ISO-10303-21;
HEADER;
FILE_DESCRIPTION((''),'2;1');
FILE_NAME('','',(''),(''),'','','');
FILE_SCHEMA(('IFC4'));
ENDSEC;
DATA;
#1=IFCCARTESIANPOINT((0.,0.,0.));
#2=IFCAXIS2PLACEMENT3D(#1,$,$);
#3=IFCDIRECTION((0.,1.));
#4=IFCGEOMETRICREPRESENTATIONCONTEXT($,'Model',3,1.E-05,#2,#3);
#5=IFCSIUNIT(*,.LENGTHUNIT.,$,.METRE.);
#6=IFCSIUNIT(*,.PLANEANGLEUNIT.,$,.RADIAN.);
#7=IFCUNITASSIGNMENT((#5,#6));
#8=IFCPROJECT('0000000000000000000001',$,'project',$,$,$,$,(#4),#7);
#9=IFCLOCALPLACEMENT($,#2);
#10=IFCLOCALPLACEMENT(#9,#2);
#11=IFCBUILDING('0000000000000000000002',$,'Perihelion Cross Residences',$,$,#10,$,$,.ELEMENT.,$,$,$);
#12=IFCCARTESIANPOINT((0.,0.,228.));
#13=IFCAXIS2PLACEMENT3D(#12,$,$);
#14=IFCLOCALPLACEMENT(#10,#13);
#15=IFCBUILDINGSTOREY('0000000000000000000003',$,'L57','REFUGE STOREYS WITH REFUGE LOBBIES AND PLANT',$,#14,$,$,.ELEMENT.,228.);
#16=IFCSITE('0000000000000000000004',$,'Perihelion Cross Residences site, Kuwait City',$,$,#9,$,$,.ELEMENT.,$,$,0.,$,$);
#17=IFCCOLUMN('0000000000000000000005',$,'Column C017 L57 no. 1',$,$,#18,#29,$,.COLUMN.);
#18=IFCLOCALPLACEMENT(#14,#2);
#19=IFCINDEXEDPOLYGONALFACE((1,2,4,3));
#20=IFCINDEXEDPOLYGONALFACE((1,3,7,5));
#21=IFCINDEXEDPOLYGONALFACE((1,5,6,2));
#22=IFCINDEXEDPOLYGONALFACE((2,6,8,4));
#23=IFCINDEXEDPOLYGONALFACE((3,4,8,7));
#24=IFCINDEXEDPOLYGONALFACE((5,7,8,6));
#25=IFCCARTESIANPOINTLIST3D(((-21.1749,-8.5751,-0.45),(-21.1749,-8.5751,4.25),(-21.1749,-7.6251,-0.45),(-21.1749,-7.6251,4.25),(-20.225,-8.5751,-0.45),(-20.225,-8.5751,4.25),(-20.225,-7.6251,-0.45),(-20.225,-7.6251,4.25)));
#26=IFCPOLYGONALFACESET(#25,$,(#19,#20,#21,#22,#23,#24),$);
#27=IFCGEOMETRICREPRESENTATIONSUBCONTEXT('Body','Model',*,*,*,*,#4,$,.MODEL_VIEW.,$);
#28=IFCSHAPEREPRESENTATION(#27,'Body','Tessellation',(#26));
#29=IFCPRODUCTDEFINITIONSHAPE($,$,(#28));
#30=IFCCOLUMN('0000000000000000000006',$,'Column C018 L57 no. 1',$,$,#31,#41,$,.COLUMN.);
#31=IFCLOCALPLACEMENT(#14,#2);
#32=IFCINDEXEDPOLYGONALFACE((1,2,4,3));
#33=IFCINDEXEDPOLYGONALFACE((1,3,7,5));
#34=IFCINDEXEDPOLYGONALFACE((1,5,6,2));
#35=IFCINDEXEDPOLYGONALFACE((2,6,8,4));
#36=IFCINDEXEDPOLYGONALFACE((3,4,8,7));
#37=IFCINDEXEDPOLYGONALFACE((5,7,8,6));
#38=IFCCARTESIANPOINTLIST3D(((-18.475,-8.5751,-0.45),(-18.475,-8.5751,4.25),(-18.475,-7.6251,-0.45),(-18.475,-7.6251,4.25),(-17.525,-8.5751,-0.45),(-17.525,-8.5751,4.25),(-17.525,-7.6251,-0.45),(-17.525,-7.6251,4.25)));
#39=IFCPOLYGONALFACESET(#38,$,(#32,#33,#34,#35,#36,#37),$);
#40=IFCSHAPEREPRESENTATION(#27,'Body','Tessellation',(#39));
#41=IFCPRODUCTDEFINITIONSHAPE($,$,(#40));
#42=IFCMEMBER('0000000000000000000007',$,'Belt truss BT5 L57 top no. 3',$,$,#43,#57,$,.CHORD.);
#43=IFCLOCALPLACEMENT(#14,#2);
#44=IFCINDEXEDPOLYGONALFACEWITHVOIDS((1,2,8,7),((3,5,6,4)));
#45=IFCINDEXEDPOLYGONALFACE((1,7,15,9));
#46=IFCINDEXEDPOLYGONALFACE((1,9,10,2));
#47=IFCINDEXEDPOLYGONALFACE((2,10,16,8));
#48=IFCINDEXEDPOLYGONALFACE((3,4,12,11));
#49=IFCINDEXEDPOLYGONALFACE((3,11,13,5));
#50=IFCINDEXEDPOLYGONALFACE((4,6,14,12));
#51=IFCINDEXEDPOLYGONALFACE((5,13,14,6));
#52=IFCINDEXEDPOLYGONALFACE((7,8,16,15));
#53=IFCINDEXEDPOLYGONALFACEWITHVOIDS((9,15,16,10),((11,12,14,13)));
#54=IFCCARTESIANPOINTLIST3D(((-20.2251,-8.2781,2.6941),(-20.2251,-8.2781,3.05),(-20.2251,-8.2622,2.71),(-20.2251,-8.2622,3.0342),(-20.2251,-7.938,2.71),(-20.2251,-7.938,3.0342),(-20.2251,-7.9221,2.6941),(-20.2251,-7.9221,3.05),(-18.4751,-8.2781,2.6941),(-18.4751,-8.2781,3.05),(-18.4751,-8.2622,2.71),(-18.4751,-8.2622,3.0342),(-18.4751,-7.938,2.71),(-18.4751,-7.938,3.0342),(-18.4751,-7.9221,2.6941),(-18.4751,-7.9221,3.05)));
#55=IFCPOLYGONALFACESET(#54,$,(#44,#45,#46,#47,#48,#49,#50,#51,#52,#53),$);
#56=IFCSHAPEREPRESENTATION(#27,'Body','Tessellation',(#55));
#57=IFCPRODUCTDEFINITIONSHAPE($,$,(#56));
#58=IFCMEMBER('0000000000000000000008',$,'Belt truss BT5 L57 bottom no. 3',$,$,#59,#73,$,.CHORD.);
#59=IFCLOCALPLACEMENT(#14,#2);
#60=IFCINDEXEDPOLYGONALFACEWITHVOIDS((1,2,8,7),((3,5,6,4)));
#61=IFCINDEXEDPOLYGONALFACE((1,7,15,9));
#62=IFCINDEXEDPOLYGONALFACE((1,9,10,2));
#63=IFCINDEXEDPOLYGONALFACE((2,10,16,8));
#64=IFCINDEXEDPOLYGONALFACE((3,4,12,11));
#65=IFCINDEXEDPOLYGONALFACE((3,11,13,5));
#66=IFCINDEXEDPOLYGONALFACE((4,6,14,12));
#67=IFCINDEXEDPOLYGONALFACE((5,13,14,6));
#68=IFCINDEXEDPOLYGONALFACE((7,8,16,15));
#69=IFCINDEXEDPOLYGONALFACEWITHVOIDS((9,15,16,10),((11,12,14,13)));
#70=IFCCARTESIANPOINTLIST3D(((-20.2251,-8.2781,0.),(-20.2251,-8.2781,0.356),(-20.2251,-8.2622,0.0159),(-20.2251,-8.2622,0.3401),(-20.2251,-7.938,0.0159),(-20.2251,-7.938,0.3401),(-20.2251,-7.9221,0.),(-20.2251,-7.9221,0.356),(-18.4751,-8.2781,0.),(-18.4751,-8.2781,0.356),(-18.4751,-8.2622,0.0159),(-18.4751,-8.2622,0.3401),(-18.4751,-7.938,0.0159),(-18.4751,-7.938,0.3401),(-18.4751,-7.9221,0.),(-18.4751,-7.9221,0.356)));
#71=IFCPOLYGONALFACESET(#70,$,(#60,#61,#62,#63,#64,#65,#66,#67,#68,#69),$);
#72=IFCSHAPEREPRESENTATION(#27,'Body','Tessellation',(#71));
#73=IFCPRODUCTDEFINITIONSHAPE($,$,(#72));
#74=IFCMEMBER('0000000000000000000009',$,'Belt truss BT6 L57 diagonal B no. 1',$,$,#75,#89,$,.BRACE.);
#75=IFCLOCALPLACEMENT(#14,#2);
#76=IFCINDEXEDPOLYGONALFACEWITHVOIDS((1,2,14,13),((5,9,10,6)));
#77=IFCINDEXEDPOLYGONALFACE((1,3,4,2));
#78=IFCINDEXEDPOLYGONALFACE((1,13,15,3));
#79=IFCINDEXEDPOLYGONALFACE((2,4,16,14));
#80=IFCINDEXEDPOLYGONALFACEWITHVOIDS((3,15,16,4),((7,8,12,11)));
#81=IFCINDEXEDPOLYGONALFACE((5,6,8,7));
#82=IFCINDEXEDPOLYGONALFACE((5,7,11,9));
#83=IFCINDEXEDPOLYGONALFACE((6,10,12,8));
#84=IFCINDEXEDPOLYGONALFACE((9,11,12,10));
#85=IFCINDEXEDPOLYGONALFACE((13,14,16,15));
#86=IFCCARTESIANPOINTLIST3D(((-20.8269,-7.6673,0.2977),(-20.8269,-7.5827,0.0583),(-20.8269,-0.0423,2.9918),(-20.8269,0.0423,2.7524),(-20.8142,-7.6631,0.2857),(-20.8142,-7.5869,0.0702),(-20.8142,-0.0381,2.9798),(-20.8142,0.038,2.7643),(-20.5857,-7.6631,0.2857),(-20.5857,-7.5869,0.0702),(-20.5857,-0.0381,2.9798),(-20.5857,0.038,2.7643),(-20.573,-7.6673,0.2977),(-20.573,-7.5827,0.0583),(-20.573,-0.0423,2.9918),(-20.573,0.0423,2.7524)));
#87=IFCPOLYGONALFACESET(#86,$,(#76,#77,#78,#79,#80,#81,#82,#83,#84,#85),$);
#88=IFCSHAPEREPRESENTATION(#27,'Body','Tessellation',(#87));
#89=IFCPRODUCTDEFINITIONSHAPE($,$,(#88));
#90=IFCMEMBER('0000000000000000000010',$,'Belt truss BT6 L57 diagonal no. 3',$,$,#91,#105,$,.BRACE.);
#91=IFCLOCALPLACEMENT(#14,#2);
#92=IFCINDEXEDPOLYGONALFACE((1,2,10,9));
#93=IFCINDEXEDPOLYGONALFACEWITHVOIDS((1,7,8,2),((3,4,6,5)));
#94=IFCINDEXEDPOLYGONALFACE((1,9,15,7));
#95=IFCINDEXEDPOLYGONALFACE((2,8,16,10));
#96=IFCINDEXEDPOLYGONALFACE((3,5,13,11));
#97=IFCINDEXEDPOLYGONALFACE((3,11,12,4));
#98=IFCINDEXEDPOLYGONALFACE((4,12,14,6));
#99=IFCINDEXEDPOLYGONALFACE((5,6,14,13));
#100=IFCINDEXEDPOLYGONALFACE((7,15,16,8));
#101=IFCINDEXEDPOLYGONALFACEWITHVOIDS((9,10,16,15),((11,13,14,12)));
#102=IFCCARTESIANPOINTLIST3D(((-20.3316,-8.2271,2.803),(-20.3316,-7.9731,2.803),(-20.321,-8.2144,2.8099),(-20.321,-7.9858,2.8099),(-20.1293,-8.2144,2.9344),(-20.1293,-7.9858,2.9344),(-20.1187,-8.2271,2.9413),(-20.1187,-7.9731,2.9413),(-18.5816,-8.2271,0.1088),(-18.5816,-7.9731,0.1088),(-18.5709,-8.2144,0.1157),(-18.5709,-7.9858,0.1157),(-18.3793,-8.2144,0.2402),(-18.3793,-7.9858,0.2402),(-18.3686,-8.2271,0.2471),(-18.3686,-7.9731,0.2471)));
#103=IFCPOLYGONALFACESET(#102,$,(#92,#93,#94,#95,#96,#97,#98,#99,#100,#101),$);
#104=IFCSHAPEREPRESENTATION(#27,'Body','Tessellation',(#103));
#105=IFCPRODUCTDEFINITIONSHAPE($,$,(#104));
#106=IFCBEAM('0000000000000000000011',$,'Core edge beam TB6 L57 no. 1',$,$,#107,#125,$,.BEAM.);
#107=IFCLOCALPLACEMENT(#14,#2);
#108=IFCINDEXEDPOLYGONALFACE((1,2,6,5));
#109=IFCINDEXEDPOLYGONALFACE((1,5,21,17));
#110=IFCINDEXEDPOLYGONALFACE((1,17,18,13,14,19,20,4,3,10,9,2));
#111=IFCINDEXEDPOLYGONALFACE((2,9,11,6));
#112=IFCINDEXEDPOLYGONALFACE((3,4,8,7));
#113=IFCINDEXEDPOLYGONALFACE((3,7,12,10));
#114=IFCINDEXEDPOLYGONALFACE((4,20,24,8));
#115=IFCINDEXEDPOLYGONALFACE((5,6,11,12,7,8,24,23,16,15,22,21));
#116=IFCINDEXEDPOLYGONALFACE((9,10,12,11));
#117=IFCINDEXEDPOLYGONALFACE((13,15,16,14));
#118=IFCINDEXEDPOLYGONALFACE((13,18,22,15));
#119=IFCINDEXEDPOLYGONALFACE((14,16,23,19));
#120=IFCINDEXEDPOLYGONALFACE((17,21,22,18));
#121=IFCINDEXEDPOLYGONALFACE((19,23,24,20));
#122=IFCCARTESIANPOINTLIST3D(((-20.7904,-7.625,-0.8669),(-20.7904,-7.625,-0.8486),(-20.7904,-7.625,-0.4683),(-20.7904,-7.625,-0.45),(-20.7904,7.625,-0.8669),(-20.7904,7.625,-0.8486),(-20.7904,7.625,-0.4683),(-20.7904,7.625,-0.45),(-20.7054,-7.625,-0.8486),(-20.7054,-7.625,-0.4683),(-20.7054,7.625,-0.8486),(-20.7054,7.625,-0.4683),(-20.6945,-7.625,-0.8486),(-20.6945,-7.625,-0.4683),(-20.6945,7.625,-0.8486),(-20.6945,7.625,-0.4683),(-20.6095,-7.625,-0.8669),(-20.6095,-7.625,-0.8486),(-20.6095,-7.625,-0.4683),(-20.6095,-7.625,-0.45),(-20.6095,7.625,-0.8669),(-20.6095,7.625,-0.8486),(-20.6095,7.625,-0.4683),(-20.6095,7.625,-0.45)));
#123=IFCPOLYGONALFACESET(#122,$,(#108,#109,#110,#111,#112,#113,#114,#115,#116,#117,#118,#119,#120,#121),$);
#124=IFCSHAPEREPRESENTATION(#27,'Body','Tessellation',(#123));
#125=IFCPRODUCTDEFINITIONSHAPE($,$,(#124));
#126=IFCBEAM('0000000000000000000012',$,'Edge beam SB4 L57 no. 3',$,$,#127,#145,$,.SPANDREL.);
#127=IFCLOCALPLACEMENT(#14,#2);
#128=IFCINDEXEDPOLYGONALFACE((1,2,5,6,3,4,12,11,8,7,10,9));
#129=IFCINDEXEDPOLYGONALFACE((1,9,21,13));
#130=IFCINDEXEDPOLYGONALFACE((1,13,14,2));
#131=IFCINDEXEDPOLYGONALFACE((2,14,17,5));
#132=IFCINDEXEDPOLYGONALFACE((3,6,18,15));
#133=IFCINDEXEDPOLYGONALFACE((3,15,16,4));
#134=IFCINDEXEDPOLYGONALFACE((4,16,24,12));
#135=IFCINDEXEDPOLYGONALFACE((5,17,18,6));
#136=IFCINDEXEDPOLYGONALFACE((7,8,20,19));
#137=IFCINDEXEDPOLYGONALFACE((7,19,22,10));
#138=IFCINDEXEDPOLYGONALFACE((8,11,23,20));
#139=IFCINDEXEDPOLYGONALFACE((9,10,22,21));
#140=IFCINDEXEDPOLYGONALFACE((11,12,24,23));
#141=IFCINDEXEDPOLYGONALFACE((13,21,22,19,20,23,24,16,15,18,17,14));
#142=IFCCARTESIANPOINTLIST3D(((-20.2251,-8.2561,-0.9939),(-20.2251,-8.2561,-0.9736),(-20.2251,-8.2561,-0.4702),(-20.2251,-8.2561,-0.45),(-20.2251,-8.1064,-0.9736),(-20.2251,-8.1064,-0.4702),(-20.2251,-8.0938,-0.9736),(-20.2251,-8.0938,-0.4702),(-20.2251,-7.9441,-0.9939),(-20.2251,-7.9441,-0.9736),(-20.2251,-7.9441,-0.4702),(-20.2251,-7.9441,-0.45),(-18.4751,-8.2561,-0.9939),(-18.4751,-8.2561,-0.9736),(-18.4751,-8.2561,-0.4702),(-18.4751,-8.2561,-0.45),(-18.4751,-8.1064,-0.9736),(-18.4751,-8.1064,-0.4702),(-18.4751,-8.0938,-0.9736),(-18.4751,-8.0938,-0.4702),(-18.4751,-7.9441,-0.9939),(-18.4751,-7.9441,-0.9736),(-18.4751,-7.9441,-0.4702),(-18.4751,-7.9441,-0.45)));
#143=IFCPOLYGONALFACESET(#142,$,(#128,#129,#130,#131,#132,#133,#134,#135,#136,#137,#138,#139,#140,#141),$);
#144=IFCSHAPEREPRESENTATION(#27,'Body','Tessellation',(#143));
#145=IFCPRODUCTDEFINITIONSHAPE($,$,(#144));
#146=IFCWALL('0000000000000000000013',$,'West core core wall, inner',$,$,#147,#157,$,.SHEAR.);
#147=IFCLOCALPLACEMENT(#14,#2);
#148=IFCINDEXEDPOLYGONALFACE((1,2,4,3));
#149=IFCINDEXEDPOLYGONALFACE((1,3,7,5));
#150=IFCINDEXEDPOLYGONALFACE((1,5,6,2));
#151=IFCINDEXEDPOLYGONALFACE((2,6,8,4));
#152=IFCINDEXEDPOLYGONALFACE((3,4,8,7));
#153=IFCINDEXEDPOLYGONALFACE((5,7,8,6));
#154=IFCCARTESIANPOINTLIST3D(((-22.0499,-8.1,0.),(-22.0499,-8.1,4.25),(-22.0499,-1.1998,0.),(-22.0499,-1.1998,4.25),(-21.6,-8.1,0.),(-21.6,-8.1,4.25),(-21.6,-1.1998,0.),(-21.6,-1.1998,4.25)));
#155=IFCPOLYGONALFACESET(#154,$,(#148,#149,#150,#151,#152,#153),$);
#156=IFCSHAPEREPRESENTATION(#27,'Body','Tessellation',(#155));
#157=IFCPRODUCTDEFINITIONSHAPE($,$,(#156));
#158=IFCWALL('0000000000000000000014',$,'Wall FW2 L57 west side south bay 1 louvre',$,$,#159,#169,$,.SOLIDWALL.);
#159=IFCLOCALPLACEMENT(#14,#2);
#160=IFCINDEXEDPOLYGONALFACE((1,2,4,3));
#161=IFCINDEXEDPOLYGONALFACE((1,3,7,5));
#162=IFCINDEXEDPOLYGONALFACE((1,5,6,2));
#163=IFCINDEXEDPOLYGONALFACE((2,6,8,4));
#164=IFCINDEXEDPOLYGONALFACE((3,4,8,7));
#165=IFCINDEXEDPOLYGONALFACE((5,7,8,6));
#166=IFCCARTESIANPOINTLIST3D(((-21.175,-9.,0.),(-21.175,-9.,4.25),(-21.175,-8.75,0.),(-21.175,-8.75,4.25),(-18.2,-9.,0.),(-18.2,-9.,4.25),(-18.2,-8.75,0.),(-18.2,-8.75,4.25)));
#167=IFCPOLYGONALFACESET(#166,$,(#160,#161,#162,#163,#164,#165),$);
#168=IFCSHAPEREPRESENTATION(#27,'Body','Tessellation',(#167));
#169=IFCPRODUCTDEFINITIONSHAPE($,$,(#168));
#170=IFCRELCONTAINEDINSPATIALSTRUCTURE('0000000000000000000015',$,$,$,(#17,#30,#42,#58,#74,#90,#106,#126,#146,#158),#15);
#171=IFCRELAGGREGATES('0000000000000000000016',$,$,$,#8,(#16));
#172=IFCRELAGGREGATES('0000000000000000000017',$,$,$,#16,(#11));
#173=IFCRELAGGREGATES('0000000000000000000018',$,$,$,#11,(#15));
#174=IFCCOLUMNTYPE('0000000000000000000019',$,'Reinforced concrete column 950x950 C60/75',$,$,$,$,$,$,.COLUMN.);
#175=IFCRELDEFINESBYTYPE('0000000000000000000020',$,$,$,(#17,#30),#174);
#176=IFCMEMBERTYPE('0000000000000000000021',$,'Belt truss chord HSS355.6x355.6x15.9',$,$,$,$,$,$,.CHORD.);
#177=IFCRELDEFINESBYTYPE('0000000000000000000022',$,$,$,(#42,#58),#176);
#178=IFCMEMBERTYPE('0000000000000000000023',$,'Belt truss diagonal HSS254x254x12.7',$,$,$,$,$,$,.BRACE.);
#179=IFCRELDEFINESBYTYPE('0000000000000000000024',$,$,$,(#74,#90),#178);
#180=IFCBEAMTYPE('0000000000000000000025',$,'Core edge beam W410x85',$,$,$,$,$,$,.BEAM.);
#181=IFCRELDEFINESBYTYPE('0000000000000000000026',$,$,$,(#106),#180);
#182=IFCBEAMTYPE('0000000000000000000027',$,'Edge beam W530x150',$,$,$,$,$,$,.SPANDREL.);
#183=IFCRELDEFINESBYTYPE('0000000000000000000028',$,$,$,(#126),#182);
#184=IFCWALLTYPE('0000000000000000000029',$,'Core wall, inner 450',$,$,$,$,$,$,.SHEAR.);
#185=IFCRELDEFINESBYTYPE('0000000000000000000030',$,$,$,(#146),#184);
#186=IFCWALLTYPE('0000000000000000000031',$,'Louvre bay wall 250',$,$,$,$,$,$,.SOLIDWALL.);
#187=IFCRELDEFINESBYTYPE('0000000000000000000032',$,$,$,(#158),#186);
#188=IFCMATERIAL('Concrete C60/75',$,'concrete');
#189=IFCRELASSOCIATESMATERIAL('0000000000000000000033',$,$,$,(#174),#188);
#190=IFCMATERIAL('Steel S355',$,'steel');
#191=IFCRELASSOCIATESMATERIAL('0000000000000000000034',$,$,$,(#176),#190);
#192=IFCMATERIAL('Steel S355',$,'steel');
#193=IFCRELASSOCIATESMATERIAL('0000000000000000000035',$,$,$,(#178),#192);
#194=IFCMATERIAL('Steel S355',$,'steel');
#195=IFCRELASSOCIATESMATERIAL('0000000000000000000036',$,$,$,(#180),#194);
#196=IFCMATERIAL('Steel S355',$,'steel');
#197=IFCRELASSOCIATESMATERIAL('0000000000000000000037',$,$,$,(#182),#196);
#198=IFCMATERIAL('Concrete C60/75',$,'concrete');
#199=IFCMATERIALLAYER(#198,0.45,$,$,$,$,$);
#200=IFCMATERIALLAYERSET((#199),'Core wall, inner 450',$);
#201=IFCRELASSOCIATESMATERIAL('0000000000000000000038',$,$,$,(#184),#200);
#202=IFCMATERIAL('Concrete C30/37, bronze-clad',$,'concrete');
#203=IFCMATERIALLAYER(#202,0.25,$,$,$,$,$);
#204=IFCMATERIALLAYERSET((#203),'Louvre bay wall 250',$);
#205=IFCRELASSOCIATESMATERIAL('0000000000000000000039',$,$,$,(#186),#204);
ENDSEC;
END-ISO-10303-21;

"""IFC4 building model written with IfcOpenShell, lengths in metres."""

from ifc_helpers import new_model, si_unit, direction, frame, frame_2d, origin, origin_2d, place, context, subcontext, project, spatial, rectangle, hollow_rectangle, i_section, extrude, material, layer, layer_set, material_profile, profile_set, type_object, element, save


model = new_model("IFC4")

# Units and contexts
model_context = context("Model", 3, precision=1e-05, world=origin(), true_north=direction((0.0, 1.0)))
body_context = subcontext(model_context, "Body", "Model", "MODEL_VIEW")
ifc_project = project(units=[si_unit("LENGTHUNIT", "METRE"), si_unit("PLANEANGLEUNIT", "RADIAN")], contexts=[model_context])

# Site, building, storey
site_placement = place(None, origin())
site = spatial("IfcSite", under=ifc_project, at=site_placement, Name="Perihelion Cross Residences site, Kuwait City", CompositionType="ELEMENT", RefElevation=0.0)
building_placement = place(site_placement, origin())
building = spatial("IfcBuilding", under=site, at=building_placement, Name="Perihelion Cross Residences", CompositionType="ELEMENT")
storey_placement = place(building_placement, frame((0.0, 0.0, 228.0)))
storey = spatial("IfcBuildingStorey", under=building, at=storey_placement, Name="L57", Description="REFUGE STOREYS WITH REFUGE LOBBIES AND PLANT", CompositionType="ELEMENT", Elevation=228.0)

# Columns
ifc_material_1 = material(Name="Concrete C60/75", Category="concrete")
ifc_material_profile_1 = material_profile(ifc_material_1, rectangle(XDim=0.95, YDim=0.95, at=origin_2d()), Name="RC 950x950")
ifc_profile_set_1 = profile_set([ifc_material_profile_1], Name="Concrete C60/75")
column_type = type_object("IfcColumnType", Name="Reinforced concrete column 950x950 C60/75", PredefinedType="COLUMN", material=ifc_profile_set_1)
for number, where, z_axis, x_axis, name in (
    (1, (-20.7, -8.1001, -0.45), (0.0, 0.0, 1.0), (1.0, 0.0, 0.0), "Column C017 L57 no. 1"),
    (2, (-18.0, -8.1001, -0.45), (0.0, 0.0, 1.0), (1.0, 0.0, 0.0), "Column C018 L57 no. 1"),
):
    element("IfcColumn", number, at=place(storey_placement, frame(where, z_axis=z_axis, x_axis=x_axis)), inside=storey, type_object=column_type, Name=name, PredefinedType="COLUMN", context=body_context, shape_type="SweptSolid", body=[
        extrude(rectangle(XDim=0.95, YDim=0.95, at=origin_2d()), origin(), (0.0, 0.0, 1.0), 4.7),
    ])

# Members
ifc_material_2 = material(Name="Steel S355", Category="steel")
ifc_material_profile_2 = material_profile(ifc_material_2, hollow_rectangle(XDim=0.356, YDim=0.356, WallThickness=0.0159, at=origin_2d()), Name="HSS355.6x355.6x15.9")
ifc_profile_set_2 = profile_set([ifc_material_profile_2], Name="Steel S355")
member_type_1 = type_object("IfcMemberType", Name="Belt truss chord HSS355.6x355.6x15.9", PredefinedType="CHORD", material=ifc_profile_set_2)
for number, where, z_axis, x_axis, name in (
    (3, (-20.2251, -8.1001, 2.8721), (1.0, 0.0, 0.0), (0.0, 1.0, 0.0), "Belt truss BT5 L57 top no. 3"),
    (4, (-20.2251, -8.1001, 0.178), (1.0, 0.0, 0.0), (0.0, 1.0, 0.0), "Belt truss BT5 L57 bottom no. 3"),
):
    element("IfcMember", number, at=place(storey_placement, frame(where, z_axis=z_axis, x_axis=x_axis)), inside=storey, type_object=member_type_1, Name=name, PredefinedType="CHORD", context=body_context, shape_type="SweptSolid", body=[
        extrude(hollow_rectangle(XDim=0.356, YDim=0.356, WallThickness=0.0159, at=origin_2d()), origin(), (0.0, 0.0, 1.0), 1.75),
    ])
ifc_material_3 = material(Name="Steel S355", Category="steel")
ifc_material_profile_3 = material_profile(ifc_material_3, hollow_rectangle(XDim=0.2539, YDim=0.2539, WallThickness=0.0127, at=origin_2d()), Name="HSS254x254x12.7")
ifc_profile_set_3 = profile_set([ifc_material_profile_3], Name="Steel S355")
member_type_2 = type_object("IfcMemberType", Name="Belt truss diagonal HSS254x254x12.7", PredefinedType="BRACE", material=ifc_profile_set_3)
member_1_placement = place(storey_placement, frame((-20.7, -7.625, 0.178), z_axis=(0.0, 0.942877, 0.333141), x_axis=(-1.0, 0.0, 0.0)))
element("IfcMember", 5, at=member_1_placement, inside=storey, type_object=member_type_2, Name="Belt truss BT6 L57 diagonal B no. 1", PredefinedType="BRACE", context=body_context, shape_type="SweptSolid", body=[
    extrude(hollow_rectangle(XDim=0.2539, YDim=0.2539, WallThickness=0.0127, at=origin_2d()), origin(), (0.0, 0.0, 1.0), 8.0869),
])
member_2_placement = place(storey_placement, frame((-18.4751, -8.1001, 0.178), z_axis=(-0.544735, 0.0, 0.838609), x_axis=(0.0, -1.0, 0.0)))
element("IfcMember", 6, at=member_2_placement, inside=storey, type_object=member_type_2, Name="Belt truss BT6 L57 diagonal no. 3", PredefinedType="BRACE", context=body_context, shape_type="SweptSolid", body=[
    extrude(hollow_rectangle(XDim=0.2539, YDim=0.2539, WallThickness=0.0127, at=origin_2d()), origin(), (0.0, 0.0, 1.0), 3.2126),
])

# Beams
ifc_material_4 = material(Name="Steel S355", Category="steel")
ifc_material_profile_4 = material_profile(ifc_material_4, i_section(OverallWidth=0.1809, OverallDepth=0.417, WebThickness=0.011, FlangeThickness=0.0183, at=origin_2d()), Name="W410x85")
ifc_profile_set_4 = profile_set([ifc_material_profile_4], Name="Steel S355")
beam_type_1 = type_object("IfcBeamType", Name="Core edge beam W410x85", PredefinedType="BEAM", material=ifc_profile_set_4)
beam_1_placement = place(storey_placement, frame((-20.7, -7.625, -0.6584), z_axis=(0.0, 1.0, 0.0), x_axis=(-1.0, 0.0, 0.0)))
element("IfcBeam", 7, at=beam_1_placement, inside=storey, type_object=beam_type_1, Name="Core edge beam TB6 L57 no. 1", PredefinedType="BEAM", context=body_context, shape_type="SweptSolid", body=[
    extrude(i_section(OverallWidth=0.1809, OverallDepth=0.417, WebThickness=0.011, FlangeThickness=0.0183, at=origin_2d()), origin(), (0.0, 0.0, 1.0), 15.25),
])
ifc_material_5 = material(Name="Steel S355", Category="steel")
ifc_material_profile_5 = material_profile(ifc_material_5, i_section(OverallWidth=0.312, OverallDepth=0.5439, WebThickness=0.0127, FlangeThickness=0.0203, at=origin_2d()), Name="W530x150")
ifc_profile_set_5 = profile_set([ifc_material_profile_5], Name="Steel S355")
beam_type_2 = type_object("IfcBeamType", Name="Edge beam W530x150", PredefinedType="SPANDREL", material=ifc_profile_set_5)
beam_2_placement = place(storey_placement, frame((-20.2251, -8.1001, -0.7219), z_axis=(1.0, 0.0, 0.0), x_axis=(0.0, 1.0, 0.0)))
element("IfcBeam", 8, at=beam_2_placement, inside=storey, type_object=beam_type_2, Name="Edge beam SB4 L57 no. 3", PredefinedType="SPANDREL", context=body_context, shape_type="SweptSolid", body=[
    extrude(i_section(OverallWidth=0.312, OverallDepth=0.5439, WebThickness=0.0127, FlangeThickness=0.0203, at=origin_2d()), origin(), (0.0, 0.0, 1.0), 1.75),
])

# Walls
ifc_material_6 = material(Name="Concrete C60/75", Category="concrete")
ifc_layer_1 = layer(ifc_material_6, 0.45)
ifc_layer_set_1 = layer_set([ifc_layer_1], Name="Core wall, inner 450")
wall_type_1 = type_object("IfcWallType", Name="Core wall, inner 450", PredefinedType="SHEAR", material=ifc_layer_set_1)
wall_1_placement = place(storey_placement, frame((-21.825, -8.1001, 0.0), z_axis=(0.0, 0.0, 1.0), x_axis=(0.0, 1.0, 0.0)))
element("IfcWall", 9, at=wall_1_placement, inside=storey, type_object=wall_type_1, Name="West core core wall, inner", PredefinedType="SHEAR", context=body_context, shape_type="SweptSolid", body=[
    extrude(rectangle(XDim=6.9001, YDim=0.45, at=frame_2d((3.4502, 0.0))), origin(), (0.0, 0.0, 1.0), 4.25),
])
ifc_material_7 = material(Name="Concrete C30/37, bronze-clad", Category="concrete")
ifc_layer_2 = layer(ifc_material_7, 0.25)
ifc_layer_set_2 = layer_set([ifc_layer_2], Name="Louvre bay wall 250")
wall_type_2 = type_object("IfcWallType", Name="Louvre bay wall 250", PredefinedType="SOLIDWALL", material=ifc_layer_set_2)
wall_2_placement = place(storey_placement, frame((-21.175, -8.875, 0.0), z_axis=(0.0, 0.0, 1.0), x_axis=(1.0, 0.0, 0.0)))
element("IfcWall", 10, at=wall_2_placement, inside=storey, type_object=wall_type_2, Name="Wall FW2 L57 west side south bay 1 louvre", PredefinedType="SOLIDWALL", context=body_context, shape_type="SweptSolid", body=[
    extrude(rectangle(XDim=2.9751, YDim=0.25, at=frame_2d((1.4875, 0.0))), origin(), (0.0, 0.0, 1.0), 4.25),
])

save(model, "model.ifc")
